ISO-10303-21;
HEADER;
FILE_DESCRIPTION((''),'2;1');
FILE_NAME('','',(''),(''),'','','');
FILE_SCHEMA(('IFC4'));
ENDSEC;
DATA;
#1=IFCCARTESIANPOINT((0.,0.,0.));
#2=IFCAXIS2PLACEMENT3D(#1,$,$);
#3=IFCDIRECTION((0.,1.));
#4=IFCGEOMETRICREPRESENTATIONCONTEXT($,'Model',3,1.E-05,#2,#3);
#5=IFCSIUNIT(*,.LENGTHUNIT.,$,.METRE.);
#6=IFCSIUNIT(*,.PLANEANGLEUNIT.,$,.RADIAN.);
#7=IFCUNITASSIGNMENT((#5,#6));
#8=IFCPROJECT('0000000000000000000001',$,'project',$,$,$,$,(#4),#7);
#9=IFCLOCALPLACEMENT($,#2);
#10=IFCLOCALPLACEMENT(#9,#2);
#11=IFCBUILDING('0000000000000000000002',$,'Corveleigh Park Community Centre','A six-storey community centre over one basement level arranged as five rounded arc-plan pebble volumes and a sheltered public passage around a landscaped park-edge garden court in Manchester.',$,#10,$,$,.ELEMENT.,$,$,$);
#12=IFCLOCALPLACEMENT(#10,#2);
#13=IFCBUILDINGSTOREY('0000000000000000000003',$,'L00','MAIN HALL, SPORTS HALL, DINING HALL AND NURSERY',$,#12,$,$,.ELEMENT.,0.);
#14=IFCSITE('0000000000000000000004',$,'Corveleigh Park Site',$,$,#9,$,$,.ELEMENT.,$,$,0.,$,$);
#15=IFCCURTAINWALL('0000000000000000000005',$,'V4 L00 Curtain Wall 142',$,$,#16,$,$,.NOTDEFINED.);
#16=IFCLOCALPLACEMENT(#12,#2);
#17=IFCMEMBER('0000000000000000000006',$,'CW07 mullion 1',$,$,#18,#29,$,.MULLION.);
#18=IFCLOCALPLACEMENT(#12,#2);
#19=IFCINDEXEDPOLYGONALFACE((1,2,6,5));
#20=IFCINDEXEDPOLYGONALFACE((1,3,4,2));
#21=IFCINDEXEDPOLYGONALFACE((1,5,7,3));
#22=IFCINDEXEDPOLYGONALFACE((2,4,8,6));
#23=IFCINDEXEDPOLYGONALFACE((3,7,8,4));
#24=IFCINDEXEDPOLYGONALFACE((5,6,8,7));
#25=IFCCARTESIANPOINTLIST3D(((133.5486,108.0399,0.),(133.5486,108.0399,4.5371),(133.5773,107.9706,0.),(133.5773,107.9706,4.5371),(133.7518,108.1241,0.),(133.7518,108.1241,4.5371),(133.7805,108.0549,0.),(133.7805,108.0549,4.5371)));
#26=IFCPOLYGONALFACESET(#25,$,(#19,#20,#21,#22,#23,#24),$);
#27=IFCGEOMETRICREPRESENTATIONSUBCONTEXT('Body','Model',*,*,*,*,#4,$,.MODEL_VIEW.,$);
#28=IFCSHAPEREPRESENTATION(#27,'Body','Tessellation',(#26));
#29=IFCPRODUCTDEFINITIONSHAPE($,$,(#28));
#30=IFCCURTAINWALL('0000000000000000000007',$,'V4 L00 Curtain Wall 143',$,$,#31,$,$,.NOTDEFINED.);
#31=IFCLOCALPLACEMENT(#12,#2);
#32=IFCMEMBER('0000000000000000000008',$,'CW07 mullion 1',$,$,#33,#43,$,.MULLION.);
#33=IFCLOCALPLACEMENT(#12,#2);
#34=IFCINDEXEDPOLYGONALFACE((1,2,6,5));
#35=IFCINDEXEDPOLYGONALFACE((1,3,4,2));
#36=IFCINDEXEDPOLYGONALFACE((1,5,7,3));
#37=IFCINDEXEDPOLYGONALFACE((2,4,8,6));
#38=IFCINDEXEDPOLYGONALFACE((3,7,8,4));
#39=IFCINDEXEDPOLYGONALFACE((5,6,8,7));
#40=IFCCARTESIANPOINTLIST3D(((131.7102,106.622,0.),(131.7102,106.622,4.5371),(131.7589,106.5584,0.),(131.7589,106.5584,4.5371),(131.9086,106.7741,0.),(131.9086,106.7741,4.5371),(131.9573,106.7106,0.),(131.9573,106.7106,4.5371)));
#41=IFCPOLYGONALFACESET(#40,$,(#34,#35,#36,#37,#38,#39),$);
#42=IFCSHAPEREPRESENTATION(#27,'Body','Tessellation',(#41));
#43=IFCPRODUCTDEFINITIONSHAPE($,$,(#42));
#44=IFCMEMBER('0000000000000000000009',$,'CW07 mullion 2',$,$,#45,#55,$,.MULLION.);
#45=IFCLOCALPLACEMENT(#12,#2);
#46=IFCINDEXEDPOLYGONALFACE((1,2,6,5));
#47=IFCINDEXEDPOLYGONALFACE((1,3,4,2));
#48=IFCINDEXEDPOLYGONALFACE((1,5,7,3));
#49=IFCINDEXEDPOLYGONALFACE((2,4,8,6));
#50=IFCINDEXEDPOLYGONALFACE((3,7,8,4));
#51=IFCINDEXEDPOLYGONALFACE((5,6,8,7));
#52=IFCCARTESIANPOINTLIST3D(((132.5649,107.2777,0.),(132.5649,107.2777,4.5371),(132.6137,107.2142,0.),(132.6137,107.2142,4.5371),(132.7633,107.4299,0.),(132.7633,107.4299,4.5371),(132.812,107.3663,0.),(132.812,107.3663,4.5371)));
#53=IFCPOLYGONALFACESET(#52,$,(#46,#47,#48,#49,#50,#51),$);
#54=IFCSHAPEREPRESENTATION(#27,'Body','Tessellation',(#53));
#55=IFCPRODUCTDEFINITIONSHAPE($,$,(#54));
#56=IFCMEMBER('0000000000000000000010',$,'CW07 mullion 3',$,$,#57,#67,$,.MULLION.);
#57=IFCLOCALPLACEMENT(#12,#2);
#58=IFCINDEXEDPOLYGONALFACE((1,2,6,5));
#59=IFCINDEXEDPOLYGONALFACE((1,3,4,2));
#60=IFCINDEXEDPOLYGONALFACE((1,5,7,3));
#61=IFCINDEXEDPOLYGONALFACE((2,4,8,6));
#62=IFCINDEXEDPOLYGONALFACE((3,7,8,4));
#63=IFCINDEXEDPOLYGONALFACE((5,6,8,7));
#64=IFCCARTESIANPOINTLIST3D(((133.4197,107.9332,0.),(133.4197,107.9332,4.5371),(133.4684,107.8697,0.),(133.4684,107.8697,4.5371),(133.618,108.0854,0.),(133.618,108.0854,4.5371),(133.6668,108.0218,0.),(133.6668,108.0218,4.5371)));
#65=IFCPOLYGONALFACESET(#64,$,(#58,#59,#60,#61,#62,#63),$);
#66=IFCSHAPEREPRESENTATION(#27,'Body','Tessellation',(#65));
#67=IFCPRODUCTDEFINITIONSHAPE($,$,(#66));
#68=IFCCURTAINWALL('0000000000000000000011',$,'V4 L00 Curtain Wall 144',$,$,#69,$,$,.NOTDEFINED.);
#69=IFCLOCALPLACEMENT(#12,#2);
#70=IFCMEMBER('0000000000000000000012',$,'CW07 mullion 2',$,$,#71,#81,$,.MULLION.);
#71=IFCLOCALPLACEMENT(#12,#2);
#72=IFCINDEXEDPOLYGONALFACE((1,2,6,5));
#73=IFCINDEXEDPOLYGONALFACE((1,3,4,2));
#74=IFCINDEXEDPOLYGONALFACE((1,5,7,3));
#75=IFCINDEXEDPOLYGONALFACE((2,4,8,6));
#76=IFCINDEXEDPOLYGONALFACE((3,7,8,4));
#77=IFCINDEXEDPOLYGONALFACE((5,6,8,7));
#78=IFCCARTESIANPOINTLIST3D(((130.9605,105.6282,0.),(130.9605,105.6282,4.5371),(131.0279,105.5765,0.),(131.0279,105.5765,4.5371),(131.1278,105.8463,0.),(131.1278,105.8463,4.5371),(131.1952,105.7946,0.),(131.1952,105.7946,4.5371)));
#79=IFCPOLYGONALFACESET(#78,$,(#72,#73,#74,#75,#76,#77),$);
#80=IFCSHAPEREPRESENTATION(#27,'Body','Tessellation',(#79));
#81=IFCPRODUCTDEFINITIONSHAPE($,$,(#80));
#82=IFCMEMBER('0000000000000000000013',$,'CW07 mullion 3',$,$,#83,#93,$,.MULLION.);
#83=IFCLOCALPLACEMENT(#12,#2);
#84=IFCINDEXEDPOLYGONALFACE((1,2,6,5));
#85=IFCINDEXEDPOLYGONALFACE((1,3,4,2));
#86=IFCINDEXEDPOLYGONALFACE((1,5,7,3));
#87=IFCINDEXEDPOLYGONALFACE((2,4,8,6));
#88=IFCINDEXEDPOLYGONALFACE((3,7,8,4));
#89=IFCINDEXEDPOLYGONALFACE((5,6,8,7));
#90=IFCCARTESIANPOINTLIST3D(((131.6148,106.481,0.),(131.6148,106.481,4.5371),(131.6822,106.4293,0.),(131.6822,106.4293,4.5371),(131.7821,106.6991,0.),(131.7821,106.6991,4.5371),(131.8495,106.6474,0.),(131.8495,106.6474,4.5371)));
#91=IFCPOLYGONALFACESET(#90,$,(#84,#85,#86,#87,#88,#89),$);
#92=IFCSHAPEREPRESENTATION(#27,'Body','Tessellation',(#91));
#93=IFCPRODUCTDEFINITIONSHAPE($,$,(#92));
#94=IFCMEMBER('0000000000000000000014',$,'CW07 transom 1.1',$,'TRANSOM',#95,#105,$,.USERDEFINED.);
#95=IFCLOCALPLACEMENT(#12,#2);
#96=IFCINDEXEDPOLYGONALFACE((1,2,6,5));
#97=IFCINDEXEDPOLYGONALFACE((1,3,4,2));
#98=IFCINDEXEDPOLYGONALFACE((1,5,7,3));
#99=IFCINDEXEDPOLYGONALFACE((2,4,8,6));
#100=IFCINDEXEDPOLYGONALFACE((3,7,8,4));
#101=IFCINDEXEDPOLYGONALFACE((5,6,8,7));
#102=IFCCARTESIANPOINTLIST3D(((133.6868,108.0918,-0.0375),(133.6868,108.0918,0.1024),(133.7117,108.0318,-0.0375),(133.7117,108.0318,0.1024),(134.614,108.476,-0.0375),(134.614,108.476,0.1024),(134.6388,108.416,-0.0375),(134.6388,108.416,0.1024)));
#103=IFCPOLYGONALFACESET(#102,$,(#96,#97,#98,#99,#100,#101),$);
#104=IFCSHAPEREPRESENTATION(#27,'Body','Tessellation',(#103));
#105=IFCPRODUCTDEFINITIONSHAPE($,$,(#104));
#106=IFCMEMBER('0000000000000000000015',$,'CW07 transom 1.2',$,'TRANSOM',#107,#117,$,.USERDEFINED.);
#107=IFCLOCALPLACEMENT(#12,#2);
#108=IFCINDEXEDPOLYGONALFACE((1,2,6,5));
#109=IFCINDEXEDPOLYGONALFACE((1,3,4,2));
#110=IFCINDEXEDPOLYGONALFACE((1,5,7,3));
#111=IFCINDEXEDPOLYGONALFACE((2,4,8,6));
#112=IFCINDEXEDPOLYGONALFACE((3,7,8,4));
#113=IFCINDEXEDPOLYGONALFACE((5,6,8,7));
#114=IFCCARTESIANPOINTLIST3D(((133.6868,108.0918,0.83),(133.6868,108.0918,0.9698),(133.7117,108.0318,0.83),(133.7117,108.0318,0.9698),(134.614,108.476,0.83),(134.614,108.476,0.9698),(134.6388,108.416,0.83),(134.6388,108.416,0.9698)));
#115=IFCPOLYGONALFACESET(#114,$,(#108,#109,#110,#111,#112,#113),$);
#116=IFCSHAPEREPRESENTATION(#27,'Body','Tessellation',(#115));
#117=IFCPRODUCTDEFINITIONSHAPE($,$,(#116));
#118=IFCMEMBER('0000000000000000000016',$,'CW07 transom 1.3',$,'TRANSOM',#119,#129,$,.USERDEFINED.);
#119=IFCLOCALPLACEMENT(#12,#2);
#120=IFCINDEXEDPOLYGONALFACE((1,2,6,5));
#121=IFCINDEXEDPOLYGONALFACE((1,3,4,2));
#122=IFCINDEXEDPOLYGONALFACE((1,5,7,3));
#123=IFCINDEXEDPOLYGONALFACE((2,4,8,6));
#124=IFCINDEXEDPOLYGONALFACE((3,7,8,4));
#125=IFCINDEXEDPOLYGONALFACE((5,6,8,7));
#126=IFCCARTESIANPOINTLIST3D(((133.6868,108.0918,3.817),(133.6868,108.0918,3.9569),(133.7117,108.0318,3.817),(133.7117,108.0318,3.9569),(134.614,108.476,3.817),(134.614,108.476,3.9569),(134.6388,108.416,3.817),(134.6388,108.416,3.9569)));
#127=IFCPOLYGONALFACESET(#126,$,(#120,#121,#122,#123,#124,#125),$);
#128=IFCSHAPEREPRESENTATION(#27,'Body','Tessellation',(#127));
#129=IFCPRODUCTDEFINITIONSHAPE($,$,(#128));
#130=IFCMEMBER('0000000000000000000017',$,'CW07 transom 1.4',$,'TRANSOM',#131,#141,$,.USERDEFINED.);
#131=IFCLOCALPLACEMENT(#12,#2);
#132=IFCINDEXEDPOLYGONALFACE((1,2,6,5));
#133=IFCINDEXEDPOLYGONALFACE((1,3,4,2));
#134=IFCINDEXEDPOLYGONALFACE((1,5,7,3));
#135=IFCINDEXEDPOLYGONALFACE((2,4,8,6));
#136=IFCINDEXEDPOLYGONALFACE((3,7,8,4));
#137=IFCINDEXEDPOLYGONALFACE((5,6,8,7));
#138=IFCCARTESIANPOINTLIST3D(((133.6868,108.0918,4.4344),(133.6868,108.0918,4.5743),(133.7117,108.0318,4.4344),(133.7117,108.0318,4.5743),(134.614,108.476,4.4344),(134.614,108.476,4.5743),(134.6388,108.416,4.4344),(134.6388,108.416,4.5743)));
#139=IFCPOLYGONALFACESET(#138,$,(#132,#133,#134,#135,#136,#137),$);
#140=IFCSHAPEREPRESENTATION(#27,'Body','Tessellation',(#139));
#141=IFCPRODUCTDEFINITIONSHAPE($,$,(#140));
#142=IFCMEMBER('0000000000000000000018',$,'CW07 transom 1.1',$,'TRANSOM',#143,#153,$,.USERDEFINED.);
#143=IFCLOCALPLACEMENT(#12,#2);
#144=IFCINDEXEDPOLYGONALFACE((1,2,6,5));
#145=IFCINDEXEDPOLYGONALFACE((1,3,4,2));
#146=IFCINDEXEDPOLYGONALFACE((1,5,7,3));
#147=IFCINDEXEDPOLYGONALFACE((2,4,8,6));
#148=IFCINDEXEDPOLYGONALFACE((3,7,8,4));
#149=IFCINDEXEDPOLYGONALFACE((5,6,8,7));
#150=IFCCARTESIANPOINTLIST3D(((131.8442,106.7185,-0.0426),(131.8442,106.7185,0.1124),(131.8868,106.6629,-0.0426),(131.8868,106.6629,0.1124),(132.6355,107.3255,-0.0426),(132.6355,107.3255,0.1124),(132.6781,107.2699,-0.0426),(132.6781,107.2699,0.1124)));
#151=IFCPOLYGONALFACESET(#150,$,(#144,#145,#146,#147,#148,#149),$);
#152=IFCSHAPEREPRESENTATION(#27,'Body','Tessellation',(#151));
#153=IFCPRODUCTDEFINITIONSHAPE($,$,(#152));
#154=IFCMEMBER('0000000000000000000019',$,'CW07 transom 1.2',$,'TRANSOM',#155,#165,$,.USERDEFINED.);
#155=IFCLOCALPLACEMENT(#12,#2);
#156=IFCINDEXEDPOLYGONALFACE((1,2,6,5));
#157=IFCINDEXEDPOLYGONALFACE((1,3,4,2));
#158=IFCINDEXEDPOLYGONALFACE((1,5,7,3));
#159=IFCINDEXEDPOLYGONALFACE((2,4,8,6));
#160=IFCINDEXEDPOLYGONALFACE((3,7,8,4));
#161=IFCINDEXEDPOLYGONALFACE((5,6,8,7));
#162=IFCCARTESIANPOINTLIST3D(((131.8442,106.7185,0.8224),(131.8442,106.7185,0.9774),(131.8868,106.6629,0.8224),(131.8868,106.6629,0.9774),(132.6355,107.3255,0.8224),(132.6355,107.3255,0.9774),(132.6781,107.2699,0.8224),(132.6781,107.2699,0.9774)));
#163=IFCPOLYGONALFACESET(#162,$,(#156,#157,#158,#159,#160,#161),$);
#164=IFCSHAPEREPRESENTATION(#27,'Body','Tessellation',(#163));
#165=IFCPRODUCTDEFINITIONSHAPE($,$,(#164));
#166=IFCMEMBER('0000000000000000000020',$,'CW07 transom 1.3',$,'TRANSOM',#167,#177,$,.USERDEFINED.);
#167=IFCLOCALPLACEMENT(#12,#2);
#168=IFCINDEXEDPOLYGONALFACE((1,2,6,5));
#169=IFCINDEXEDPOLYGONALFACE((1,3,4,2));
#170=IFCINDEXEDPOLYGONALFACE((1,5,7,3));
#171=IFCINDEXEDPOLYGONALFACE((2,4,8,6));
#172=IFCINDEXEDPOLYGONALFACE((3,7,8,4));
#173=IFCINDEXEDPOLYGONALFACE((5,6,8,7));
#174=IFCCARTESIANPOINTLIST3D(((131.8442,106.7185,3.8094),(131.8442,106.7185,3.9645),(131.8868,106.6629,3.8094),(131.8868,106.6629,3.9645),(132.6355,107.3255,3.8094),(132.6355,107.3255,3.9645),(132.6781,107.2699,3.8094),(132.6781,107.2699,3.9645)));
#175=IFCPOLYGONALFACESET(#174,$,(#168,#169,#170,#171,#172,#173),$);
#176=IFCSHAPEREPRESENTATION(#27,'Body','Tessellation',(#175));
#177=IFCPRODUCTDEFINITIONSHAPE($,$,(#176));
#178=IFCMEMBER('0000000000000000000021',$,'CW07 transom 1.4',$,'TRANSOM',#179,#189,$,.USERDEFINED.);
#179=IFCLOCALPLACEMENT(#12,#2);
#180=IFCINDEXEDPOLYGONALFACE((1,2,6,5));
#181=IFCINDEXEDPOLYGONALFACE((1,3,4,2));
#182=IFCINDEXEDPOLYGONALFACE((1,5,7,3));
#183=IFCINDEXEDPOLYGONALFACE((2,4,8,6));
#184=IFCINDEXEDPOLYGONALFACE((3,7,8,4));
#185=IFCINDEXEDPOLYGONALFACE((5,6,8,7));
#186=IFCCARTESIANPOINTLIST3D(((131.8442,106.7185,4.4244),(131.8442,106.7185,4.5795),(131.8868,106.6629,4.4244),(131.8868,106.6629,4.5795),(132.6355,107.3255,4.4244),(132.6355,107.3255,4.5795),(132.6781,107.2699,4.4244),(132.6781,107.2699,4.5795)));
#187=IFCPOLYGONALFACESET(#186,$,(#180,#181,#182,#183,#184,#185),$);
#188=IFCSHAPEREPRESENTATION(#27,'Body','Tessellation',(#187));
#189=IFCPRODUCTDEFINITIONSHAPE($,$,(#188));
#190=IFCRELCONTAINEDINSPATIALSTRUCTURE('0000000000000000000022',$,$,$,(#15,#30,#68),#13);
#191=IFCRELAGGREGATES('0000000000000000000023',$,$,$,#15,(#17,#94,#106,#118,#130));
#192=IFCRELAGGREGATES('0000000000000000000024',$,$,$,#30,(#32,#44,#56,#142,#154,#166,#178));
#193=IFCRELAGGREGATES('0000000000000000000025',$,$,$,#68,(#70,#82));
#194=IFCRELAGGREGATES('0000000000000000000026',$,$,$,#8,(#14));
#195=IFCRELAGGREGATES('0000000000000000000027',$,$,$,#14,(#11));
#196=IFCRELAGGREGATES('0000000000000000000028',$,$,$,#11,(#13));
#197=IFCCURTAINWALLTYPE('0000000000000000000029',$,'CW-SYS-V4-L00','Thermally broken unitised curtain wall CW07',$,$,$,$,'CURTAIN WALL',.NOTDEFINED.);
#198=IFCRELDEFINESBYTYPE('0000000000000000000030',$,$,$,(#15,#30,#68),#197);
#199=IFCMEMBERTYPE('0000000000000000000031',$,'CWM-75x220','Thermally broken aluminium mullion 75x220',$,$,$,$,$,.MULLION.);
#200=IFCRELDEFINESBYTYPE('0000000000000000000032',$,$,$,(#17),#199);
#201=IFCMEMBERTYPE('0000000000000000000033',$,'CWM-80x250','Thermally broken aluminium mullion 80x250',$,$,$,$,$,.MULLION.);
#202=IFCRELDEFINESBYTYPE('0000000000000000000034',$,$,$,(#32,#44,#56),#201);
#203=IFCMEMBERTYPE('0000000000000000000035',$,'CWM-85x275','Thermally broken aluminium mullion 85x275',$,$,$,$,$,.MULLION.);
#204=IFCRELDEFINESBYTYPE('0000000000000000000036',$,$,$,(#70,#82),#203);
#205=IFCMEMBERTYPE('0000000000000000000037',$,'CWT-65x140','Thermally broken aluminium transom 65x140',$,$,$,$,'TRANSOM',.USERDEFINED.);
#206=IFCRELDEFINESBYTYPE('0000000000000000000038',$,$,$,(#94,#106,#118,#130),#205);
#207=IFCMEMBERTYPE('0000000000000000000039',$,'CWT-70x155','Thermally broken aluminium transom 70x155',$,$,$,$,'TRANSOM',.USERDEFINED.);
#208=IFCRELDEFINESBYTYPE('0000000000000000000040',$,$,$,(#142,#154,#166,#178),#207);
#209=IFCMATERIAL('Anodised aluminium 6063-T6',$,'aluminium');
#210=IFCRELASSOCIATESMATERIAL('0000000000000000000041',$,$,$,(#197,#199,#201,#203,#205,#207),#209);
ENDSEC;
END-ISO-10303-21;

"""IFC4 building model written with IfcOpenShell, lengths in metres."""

from ifc_helpers import new_model, si_unit, direction, frame, origin, origin_2d, place, context, subcontext, project, spatial, rectangle, extrude, material, material_profile, profile_set, type_object, element, aggregate, save


model = new_model("IFC4")

# Units and contexts
model_context = context("Model", 3, precision=1e-05, world=origin(), true_north=direction((0.0, 1.0)))
body_context = subcontext(model_context, "Body", "Model", "MODEL_VIEW")
ifc_project = project(units=[si_unit("LENGTHUNIT", "METRE"), si_unit("PLANEANGLEUNIT", "RADIAN")], contexts=[model_context])

# Site, building, storey
site_placement = place(None, origin())
site = spatial("IfcSite", under=ifc_project, at=site_placement, Name="Corveleigh Park Site", CompositionType="ELEMENT", RefElevation=0.0)
building_placement = place(site_placement, origin())
building = spatial("IfcBuilding", under=site, at=building_placement, Name="Corveleigh Park Community Centre", Description="A six-storey community centre over one basement level arranged as five rounded arc-plan pebble volumes and a sheltered public passage around a landscaped park-edge garden court in Manchester.", CompositionType="ELEMENT")
storey_placement = place(building_placement, origin())
storey = spatial("IfcBuildingStorey", under=building, at=storey_placement, Name="L00", Description="MAIN HALL, SPORTS HALL, DINING HALL AND NURSERY", CompositionType="ELEMENT", Elevation=0.0)

# Curtain wall, member
ifc_material_1 = material(Name="Anodised aluminium 6063-T6", Category="aluminium")
curtain_wall_type = type_object("IfcCurtainWallType", Name="CW-SYS-V4-L00", Description="Thermally broken unitised curtain wall CW07", ElementType="CURTAIN WALL", PredefinedType="NOTDEFINED", material=ifc_material_1)
curtain_wall_1_placement = place(storey_placement, origin())
curtain_wall_1 = element("IfcCurtainWall", 1, at=curtain_wall_1_placement, inside=storey, type_object=curtain_wall_type, Name="V4 L00 Curtain Wall 142", PredefinedType="NOTDEFINED")
ifc_material_profile_1 = material_profile(ifc_material_1, rectangle(XDim=0.075, YDim=0.22, at=origin_2d()), Name="ALU-M75x220", Category="aluminium")
ifc_profile_set_1 = profile_set([ifc_material_profile_1], Name="Anodised aluminium 6063-T6")
member_type_1 = type_object("IfcMemberType", Name="CWM-75x220", Description="Thermally broken aluminium mullion 75x220", PredefinedType="MULLION", material=ifc_profile_set_1)
member_1_placement = place(storey_placement, frame((133.6646, 108.0474, 0.0), z_axis=(0.0, 0.0, 1.0), x_axis=(-0.383024, 0.923738, 0.0)))
member_1 = element("IfcMember", 2, at=member_1_placement, type_object=member_type_1, Name="CW07 mullion 1", PredefinedType="MULLION", context=body_context, shape_type="SweptSolid", body=[
    extrude(rectangle(XDim=0.075, YDim=0.22, at=origin_2d()), origin(), (0.0, 0.0, 1.0), 4.5371),
])

# Curtain walls, members
curtain_wall_2_placement = place(storey_placement, origin())
curtain_wall_2 = element("IfcCurtainWall", 3, at=curtain_wall_2_placement, inside=storey, type_object=curtain_wall_type, Name="V4 L00 Curtain Wall 143", PredefinedType="NOTDEFINED")
ifc_material_profile_2 = material_profile(ifc_material_1, rectangle(XDim=0.0801, YDim=0.25, at=origin_2d()), Name="ALU-M80x250", Category="aluminium")
ifc_profile_set_2 = profile_set([ifc_material_profile_2], Name="Anodised aluminium 6063-T6")
member_type_2 = type_object("IfcMemberType", Name="CWM-80x250", Description="Thermally broken aluminium mullion 80x250", PredefinedType="MULLION", material=ifc_profile_set_2)
member_2_placement = place(storey_placement, frame((131.8337, 106.6663, 0.0), z_axis=(0.0, 0.0, 1.0), x_axis=(-0.608629, 0.793455, 0.0)))
member_2 = element("IfcMember", 4, at=member_2_placement, type_object=member_type_2, Name="CW07 mullion 1", PredefinedType="MULLION", context=body_context, shape_type="SweptSolid", body=[
    extrude(rectangle(XDim=0.0801, YDim=0.25, at=origin_2d()), origin(), (0.0, 0.0, 1.0), 4.5371),
])
member_3_placement = place(storey_placement, frame((132.6885, 107.322, 0.0), z_axis=(0.0, 0.0, 1.0), x_axis=(-0.608629, 0.793455, 0.0)))
member_3 = element("IfcMember", 5, at=member_3_placement, type_object=member_type_2, Name="CW07 mullion 2", PredefinedType="MULLION", context=body_context, shape_type="SweptSolid", body=[
    extrude(rectangle(XDim=0.0801, YDim=0.25, at=origin_2d()), origin(), (0.0, 0.0, 1.0), 4.5371),
])
member_4_placement = place(storey_placement, frame((133.5432, 107.9775, 0.0), z_axis=(0.0, 0.0, 1.0), x_axis=(-0.608629, 0.793455, 0.0)))
member_4 = element("IfcMember", 6, at=member_4_placement, type_object=member_type_2, Name="CW07 mullion 3", PredefinedType="MULLION", context=body_context, shape_type="SweptSolid", body=[
    extrude(rectangle(XDim=0.0801, YDim=0.25, at=origin_2d()), origin(), (0.0, 0.0, 1.0), 4.5371),
])
curtain_wall_3_placement = place(storey_placement, origin())
curtain_wall_3 = element("IfcCurtainWall", 7, at=curtain_wall_3_placement, inside=storey, type_object=curtain_wall_type, Name="V4 L00 Curtain Wall 144", PredefinedType="NOTDEFINED")
ifc_material_profile_3 = material_profile(ifc_material_1, rectangle(XDim=0.085, YDim=0.2749, at=origin_2d()), Name="ALU-M85x275", Category="aluminium")
ifc_profile_set_3 = profile_set([ifc_material_profile_3], Name="Anodised aluminium 6063-T6")
member_type_3 = type_object("IfcMemberType", Name="CWM-85x275", Description="Thermally broken aluminium mullion 85x275", PredefinedType="MULLION", material=ifc_profile_set_3)
member_5_placement = place(storey_placement, frame((131.0779, 105.7114, 0.0), z_axis=(0.0, 0.0, 1.0), x_axis=(-0.793455, 0.608629, 0.0)))
member_5 = element("IfcMember", 8, at=member_5_placement, type_object=member_type_3, Name="CW07 mullion 2", PredefinedType="MULLION", context=body_context, shape_type="SweptSolid", body=[
    extrude(rectangle(XDim=0.085, YDim=0.2749, at=origin_2d()), origin(), (0.0, 0.0, 1.0), 4.5371),
])
member_6_placement = place(storey_placement, frame((131.7322, 106.5642, 0.0), z_axis=(0.0, 0.0, 1.0), x_axis=(-0.793455, 0.608629, 0.0)))
member_6 = element("IfcMember", 9, at=member_6_placement, type_object=member_type_3, Name="CW07 mullion 3", PredefinedType="MULLION", context=body_context, shape_type="SweptSolid", body=[
    extrude(rectangle(XDim=0.085, YDim=0.2749, at=origin_2d()), origin(), (0.0, 0.0, 1.0), 4.5371),
])

# Members
ifc_material_profile_4 = material_profile(ifc_material_1, rectangle(XDim=0.0649, YDim=0.1399, at=origin_2d()), Name="ALU-T65x140", Category="aluminium")
ifc_profile_set_4 = profile_set([ifc_material_profile_4], Name="Anodised aluminium 6063-T6")
member_type_4 = type_object("IfcMemberType", Name="CWT-65x140", Description="Thermally broken aluminium transom 65x140", ElementType="TRANSOM", PredefinedType="USERDEFINED", material=ifc_profile_set_4)
member_7_placement = place(storey_placement, frame((133.6992, 108.0618, 0.0325), z_axis=(0.923809, 0.382853, 0.0), x_axis=(-0.382853, 0.923809, 0.0)))
member_7 = element("IfcMember", 10, at=member_7_placement, type_object=member_type_4, Name="CW07 transom 1.1", ObjectType="TRANSOM", PredefinedType="USERDEFINED", context=body_context, shape_type="SweptSolid", body=[
    extrude(rectangle(XDim=0.0649, YDim=0.1399, at=origin_2d()), origin(), (0.0, 0.0, 1.0), 1.0037),
])
member_8_placement = place(storey_placement, frame((133.6992, 108.0618, 0.8999), z_axis=(0.923809, 0.382853, 0.0), x_axis=(-0.382853, 0.923809, 0.0)))
member_8 = element("IfcMember", 11, at=member_8_placement, type_object=member_type_4, Name="CW07 transom 1.2", ObjectType="TRANSOM", PredefinedType="USERDEFINED", context=body_context, shape_type="SweptSolid", body=[
    extrude(rectangle(XDim=0.0649, YDim=0.1399, at=origin_2d()), origin(), (0.0, 0.0, 1.0), 1.0037),
])
member_9_placement = place(storey_placement, frame((133.6992, 108.0618, 3.887), z_axis=(0.923809, 0.382853, 0.0), x_axis=(-0.382853, 0.923809, 0.0)))
member_9 = element("IfcMember", 12, at=member_9_placement, type_object=member_type_4, Name="CW07 transom 1.3", ObjectType="TRANSOM", PredefinedType="USERDEFINED", context=body_context, shape_type="SweptSolid", body=[
    extrude(rectangle(XDim=0.0649, YDim=0.1399, at=origin_2d()), origin(), (0.0, 0.0, 1.0), 1.0037),
])
member_10_placement = place(storey_placement, frame((133.6992, 108.0618, 4.5044), z_axis=(0.923809, 0.382853, 0.0), x_axis=(-0.382853, 0.923809, 0.0)))
member_10 = element("IfcMember", 13, at=member_10_placement, type_object=member_type_4, Name="CW07 transom 1.4", ObjectType="TRANSOM", PredefinedType="USERDEFINED", context=body_context, shape_type="SweptSolid", body=[
    extrude(rectangle(XDim=0.0649, YDim=0.1399, at=origin_2d()), origin(), (0.0, 0.0, 1.0), 1.0037),
])
ifc_material_profile_5 = material_profile(ifc_material_1, rectangle(XDim=0.0701, YDim=0.155, at=origin_2d()), Name="ALU-T70x155", Category="aluminium")
ifc_profile_set_5 = profile_set([ifc_material_profile_5], Name="Anodised aluminium 6063-T6")
member_type_5 = type_object("IfcMemberType", Name="CWT-70x155", Description="Thermally broken aluminium transom 70x155", ElementType="TRANSOM", PredefinedType="USERDEFINED", material=ifc_profile_set_5)
member_11_placement = place(storey_placement, frame((131.8655, 106.6907, 0.0349), z_axis=(0.793461, 0.608622, 0.0), x_axis=(-0.608622, 0.793461, 0.0)))
member_11 = element("IfcMember", 14, at=member_11_placement, type_object=member_type_5, Name="CW07 transom 1.1", ObjectType="TRANSOM", PredefinedType="USERDEFINED", context=body_context, shape_type="SweptSolid", body=[
    extrude(rectangle(XDim=0.0701, YDim=0.155, at=origin_2d()), origin(), (0.0, 0.0, 1.0), 0.9973),
])
member_12_placement = place(storey_placement, frame((131.8655, 106.6907, 0.8999), z_axis=(0.793461, 0.608622, 0.0), x_axis=(-0.608622, 0.793461, 0.0)))
member_12 = element("IfcMember", 15, at=member_12_placement, type_object=member_type_5, Name="CW07 transom 1.2", ObjectType="TRANSOM", PredefinedType="USERDEFINED", context=body_context, shape_type="SweptSolid", body=[
    extrude(rectangle(XDim=0.0701, YDim=0.155, at=origin_2d()), origin(), (0.0, 0.0, 1.0), 0.9973),
])
member_13_placement = place(storey_placement, frame((131.8655, 106.6907, 3.887), z_axis=(0.793461, 0.608622, 0.0), x_axis=(-0.608622, 0.793461, 0.0)))
member_13 = element("IfcMember", 16, at=member_13_placement, type_object=member_type_5, Name="CW07 transom 1.3", ObjectType="TRANSOM", PredefinedType="USERDEFINED", context=body_context, shape_type="SweptSolid", body=[
    extrude(rectangle(XDim=0.0701, YDim=0.155, at=origin_2d()), origin(), (0.0, 0.0, 1.0), 0.9973),
])
member_14_placement = place(storey_placement, frame((131.8655, 106.6907, 4.502), z_axis=(0.793461, 0.608622, 0.0), x_axis=(-0.608622, 0.793461, 0.0)))
member_14 = element("IfcMember", 17, at=member_14_placement, type_object=member_type_5, Name="CW07 transom 1.4", ObjectType="TRANSOM", PredefinedType="USERDEFINED", context=body_context, shape_type="SweptSolid", body=[
    extrude(rectangle(XDim=0.0701, YDim=0.155, at=origin_2d()), origin(), (0.0, 0.0, 1.0), 0.9973),
])

aggregate(curtain_wall_1, [member_1, member_7, member_8, member_9, member_10])
aggregate(curtain_wall_2, [member_2, member_3, member_4, member_11, member_12, member_13, member_14])
aggregate(curtain_wall_3, [member_5, member_6])

save(model, "model.ifc")
